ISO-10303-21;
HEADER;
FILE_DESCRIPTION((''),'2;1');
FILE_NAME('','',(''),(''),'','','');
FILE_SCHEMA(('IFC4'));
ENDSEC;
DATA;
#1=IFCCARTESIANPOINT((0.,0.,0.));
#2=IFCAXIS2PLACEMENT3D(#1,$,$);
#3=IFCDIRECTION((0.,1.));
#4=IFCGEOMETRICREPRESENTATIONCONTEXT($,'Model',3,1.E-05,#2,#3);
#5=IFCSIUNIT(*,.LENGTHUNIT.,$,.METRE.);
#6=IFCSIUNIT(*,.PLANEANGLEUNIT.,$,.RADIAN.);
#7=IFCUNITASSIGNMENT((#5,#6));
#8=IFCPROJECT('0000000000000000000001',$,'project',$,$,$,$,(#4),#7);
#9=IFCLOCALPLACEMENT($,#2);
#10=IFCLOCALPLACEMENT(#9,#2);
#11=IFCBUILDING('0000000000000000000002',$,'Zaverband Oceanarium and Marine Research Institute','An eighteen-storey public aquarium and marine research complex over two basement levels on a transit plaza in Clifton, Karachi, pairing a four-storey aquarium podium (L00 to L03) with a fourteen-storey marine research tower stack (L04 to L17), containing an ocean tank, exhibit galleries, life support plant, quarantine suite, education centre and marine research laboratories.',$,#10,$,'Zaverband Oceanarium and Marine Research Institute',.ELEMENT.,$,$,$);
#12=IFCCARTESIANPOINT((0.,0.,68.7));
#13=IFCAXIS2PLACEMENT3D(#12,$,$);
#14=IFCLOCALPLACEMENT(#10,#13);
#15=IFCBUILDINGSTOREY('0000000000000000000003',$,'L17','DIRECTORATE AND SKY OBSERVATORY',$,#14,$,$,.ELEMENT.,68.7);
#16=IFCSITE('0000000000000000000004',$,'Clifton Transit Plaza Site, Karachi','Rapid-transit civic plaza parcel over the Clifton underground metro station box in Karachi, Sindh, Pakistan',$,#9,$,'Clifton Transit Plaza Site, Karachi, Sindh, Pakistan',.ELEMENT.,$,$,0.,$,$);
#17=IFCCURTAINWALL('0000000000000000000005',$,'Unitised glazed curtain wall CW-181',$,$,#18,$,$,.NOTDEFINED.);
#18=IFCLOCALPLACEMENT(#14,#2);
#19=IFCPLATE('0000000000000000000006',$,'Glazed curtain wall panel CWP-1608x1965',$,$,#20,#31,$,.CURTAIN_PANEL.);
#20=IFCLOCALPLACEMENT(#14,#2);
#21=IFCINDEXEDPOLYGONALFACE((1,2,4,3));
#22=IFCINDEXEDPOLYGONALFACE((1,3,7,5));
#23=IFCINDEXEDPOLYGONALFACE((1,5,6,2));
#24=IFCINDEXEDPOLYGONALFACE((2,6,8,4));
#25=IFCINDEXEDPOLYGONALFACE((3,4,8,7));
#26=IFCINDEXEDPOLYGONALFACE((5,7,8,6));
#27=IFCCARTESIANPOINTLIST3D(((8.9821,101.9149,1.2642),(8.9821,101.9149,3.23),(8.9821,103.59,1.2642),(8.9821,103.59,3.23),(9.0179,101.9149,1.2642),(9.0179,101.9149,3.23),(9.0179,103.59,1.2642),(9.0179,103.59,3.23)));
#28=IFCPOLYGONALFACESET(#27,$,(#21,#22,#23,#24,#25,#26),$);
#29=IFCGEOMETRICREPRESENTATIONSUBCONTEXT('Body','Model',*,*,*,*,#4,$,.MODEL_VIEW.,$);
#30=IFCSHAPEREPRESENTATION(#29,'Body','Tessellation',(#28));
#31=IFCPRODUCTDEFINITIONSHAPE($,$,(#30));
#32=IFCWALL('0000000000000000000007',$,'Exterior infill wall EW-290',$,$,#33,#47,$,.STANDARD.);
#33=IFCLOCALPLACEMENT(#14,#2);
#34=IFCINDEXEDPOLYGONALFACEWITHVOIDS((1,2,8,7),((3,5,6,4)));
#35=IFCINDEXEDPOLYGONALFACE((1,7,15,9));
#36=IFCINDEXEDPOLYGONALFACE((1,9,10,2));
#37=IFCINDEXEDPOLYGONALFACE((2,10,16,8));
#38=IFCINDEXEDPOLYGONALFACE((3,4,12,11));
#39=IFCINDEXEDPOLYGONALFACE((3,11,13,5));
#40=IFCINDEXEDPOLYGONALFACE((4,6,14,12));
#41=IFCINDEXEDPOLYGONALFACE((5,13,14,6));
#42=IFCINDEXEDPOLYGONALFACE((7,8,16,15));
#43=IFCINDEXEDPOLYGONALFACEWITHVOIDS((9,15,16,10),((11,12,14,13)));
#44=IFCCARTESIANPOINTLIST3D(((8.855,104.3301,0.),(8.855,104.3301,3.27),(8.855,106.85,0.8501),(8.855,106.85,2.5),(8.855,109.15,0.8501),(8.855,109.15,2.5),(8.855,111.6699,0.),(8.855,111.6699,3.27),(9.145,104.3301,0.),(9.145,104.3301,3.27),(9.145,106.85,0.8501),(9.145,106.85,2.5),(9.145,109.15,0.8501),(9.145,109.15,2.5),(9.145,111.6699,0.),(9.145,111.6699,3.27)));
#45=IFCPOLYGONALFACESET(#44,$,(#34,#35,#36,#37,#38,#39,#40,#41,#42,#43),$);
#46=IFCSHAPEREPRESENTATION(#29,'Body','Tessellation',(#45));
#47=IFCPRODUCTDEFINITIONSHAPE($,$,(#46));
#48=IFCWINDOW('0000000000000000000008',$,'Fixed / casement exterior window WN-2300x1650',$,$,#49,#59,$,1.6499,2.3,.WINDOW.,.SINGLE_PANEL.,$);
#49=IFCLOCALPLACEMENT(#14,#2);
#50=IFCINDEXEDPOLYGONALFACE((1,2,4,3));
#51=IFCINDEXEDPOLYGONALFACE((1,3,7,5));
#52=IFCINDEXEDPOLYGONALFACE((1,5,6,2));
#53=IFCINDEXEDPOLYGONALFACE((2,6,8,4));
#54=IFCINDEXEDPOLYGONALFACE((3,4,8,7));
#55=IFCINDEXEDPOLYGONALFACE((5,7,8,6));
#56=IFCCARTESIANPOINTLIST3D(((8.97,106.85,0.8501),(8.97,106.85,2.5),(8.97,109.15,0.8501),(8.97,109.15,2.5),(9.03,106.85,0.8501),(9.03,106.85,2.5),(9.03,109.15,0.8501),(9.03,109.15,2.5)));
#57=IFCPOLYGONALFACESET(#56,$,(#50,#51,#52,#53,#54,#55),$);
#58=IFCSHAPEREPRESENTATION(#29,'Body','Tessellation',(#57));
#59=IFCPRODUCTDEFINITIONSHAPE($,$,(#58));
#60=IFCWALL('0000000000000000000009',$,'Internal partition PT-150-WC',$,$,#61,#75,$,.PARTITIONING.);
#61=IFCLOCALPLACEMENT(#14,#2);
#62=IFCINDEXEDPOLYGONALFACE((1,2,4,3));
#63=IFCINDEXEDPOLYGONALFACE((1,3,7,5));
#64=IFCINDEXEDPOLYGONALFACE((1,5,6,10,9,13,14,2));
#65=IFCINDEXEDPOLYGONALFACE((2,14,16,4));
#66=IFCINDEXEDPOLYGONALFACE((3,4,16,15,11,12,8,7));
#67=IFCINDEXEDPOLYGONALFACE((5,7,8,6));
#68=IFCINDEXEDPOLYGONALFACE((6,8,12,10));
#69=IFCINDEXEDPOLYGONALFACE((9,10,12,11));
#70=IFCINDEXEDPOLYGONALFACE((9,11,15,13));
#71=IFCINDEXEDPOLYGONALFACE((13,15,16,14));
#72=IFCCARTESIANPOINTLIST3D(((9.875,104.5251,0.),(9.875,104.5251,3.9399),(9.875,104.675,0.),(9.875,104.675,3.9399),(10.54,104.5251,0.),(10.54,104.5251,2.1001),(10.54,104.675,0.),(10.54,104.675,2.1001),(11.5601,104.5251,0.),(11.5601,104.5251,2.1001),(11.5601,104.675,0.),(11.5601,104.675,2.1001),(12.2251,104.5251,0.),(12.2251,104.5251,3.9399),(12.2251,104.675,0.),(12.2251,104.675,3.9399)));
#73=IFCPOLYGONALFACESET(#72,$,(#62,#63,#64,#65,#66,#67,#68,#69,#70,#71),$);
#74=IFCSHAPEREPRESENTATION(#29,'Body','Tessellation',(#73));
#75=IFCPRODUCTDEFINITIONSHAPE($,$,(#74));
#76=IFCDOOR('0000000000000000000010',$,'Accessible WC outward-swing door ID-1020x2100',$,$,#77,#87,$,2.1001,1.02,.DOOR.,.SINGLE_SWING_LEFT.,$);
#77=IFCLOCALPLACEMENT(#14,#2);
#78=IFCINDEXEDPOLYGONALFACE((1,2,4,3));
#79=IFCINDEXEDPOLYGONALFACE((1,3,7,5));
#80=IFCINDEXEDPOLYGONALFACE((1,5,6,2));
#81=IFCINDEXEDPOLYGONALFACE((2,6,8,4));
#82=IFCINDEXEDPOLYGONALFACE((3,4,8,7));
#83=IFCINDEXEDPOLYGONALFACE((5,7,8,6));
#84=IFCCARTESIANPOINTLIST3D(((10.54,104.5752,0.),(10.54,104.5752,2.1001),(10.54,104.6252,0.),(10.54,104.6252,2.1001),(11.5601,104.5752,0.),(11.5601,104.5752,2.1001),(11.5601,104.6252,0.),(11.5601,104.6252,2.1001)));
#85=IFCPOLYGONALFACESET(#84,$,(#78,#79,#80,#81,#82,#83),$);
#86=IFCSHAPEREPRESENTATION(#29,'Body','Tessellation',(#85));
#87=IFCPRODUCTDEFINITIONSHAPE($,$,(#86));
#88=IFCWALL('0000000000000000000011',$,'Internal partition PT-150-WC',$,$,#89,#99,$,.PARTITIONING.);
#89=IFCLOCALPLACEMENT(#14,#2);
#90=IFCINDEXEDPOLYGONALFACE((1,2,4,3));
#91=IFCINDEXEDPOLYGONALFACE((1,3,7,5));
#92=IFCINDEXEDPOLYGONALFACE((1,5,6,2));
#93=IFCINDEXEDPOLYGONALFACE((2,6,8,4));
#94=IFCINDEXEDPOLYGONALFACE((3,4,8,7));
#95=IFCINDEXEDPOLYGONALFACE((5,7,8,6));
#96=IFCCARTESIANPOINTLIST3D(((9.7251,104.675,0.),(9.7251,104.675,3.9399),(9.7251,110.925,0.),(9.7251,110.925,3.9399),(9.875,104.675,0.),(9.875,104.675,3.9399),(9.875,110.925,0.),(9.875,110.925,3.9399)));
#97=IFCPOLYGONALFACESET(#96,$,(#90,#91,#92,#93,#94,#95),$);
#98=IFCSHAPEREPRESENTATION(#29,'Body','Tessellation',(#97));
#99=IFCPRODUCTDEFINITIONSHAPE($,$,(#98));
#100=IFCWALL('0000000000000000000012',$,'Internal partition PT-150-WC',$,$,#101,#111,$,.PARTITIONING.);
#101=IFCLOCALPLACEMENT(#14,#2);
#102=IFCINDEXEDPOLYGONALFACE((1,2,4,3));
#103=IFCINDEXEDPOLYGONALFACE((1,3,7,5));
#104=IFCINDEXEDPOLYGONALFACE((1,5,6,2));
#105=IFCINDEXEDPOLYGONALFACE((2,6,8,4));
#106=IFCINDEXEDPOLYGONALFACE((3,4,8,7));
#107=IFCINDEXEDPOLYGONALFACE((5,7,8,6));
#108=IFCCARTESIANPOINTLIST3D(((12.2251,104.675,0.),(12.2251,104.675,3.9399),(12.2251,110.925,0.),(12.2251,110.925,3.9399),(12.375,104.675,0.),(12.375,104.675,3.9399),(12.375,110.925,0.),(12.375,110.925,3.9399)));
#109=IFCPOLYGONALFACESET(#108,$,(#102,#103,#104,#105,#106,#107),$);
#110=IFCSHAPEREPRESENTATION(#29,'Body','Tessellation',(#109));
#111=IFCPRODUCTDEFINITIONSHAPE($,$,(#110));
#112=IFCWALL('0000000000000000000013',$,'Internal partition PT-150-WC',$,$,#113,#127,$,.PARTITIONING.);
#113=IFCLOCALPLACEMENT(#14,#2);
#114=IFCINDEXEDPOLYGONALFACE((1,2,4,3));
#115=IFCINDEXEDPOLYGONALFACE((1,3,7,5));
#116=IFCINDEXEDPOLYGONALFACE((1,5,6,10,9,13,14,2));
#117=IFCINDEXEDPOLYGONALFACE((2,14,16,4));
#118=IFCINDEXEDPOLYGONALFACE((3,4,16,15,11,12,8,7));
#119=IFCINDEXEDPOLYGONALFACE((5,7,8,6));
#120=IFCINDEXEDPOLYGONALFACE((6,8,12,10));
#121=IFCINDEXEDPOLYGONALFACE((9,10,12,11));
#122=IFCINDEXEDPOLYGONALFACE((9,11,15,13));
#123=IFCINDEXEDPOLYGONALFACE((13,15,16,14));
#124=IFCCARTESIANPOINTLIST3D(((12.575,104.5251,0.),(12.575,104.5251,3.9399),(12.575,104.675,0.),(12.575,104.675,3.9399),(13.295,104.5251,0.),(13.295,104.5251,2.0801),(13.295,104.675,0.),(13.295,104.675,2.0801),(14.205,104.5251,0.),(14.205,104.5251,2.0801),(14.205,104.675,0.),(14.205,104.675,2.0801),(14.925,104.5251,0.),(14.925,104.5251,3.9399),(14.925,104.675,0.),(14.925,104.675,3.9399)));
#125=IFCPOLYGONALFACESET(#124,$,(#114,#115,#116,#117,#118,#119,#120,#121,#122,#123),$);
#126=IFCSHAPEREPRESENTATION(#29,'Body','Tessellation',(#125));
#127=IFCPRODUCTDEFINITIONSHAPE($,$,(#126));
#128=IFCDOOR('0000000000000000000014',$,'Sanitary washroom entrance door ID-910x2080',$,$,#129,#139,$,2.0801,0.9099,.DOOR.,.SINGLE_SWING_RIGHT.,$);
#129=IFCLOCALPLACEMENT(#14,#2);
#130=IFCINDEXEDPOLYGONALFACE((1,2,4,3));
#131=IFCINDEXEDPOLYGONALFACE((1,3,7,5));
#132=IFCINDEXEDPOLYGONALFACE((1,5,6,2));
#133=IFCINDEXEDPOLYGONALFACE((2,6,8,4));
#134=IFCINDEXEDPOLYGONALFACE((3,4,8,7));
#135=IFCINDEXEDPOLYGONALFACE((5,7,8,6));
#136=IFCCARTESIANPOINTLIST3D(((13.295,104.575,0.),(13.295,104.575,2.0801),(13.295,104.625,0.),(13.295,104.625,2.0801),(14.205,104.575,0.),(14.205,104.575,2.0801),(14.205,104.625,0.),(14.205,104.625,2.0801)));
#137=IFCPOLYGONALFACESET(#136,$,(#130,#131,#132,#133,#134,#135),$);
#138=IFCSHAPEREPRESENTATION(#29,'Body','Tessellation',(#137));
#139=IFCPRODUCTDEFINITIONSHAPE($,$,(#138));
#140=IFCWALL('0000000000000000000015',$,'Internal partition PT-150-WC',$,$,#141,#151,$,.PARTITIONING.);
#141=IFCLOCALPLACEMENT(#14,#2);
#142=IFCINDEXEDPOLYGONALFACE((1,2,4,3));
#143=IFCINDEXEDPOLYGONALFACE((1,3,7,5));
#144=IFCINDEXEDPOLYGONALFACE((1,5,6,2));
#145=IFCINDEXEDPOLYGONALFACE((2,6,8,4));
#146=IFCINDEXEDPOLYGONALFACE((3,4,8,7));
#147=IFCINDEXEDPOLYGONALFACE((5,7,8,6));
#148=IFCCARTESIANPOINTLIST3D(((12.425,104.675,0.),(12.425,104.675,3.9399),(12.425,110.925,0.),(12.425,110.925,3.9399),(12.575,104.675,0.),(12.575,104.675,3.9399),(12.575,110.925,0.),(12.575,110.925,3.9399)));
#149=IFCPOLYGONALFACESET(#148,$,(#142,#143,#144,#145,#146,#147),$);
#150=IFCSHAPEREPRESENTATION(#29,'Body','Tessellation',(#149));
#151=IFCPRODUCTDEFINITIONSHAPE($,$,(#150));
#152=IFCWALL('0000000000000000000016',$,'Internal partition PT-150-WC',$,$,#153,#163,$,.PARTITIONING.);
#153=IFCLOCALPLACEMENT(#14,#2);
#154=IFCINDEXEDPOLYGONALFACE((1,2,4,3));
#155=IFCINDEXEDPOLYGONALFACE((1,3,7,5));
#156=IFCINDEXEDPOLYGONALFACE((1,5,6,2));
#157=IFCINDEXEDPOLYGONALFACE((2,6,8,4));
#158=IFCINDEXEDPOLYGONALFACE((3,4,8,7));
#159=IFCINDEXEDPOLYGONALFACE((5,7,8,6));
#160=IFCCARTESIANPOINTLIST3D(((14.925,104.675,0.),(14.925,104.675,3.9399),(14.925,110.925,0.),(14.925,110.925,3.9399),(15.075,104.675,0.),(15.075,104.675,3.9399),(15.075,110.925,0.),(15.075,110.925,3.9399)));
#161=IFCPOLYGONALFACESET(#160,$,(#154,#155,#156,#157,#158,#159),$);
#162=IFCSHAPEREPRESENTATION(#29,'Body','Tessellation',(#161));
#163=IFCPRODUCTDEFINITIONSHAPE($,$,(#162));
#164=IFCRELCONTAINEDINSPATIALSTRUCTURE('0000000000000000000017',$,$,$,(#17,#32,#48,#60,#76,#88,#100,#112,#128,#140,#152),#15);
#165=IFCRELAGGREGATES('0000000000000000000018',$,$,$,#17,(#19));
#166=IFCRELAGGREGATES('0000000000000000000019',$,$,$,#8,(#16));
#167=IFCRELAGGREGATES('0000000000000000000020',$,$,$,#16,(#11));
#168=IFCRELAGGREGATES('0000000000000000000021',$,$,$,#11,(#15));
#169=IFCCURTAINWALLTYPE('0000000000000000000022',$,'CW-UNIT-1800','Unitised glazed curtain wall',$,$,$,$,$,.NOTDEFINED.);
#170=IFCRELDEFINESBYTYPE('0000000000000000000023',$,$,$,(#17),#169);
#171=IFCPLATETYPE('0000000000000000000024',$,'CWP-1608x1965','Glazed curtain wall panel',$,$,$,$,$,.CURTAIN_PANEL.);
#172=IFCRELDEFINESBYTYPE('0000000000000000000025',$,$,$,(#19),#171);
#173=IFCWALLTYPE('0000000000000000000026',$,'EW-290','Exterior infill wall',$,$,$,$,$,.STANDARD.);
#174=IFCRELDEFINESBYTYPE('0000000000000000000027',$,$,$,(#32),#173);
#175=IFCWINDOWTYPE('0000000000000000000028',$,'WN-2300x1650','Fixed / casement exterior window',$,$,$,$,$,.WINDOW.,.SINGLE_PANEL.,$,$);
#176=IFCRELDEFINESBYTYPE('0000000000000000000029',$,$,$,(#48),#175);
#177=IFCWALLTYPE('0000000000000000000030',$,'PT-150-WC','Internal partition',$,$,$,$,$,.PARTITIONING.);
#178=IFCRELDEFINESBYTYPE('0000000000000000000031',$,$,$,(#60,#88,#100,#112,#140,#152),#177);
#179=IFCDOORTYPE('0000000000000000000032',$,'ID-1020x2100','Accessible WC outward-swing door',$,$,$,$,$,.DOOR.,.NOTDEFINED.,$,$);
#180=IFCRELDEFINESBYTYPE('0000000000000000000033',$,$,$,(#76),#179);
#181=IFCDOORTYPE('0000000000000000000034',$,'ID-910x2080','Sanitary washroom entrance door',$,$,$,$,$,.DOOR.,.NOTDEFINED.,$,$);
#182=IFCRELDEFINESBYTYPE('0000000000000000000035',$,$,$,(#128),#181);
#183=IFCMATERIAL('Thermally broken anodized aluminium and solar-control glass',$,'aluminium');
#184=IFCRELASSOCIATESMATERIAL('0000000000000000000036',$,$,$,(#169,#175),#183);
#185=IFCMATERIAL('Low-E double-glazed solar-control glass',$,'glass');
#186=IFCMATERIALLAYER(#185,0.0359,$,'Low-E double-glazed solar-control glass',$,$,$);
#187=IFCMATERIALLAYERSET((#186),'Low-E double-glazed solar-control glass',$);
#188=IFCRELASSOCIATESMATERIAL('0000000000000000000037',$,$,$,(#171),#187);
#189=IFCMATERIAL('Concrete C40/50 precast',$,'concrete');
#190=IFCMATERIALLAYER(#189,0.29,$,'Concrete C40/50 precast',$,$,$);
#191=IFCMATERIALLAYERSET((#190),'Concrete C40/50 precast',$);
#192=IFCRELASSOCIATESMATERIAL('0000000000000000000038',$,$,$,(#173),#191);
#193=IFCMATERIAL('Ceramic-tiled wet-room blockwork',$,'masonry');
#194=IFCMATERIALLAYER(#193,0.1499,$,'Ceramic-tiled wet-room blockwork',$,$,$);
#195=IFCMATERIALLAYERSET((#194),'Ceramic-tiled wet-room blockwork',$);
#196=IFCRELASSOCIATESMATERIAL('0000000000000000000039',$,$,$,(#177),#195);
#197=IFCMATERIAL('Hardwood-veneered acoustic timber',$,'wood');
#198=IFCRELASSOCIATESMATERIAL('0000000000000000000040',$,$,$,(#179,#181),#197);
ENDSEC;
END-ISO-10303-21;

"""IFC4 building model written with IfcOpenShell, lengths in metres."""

from ifc_helpers import new_model, si_unit, direction, frame, frame_2d, origin, place, context, subcontext, project, spatial, rectangle, extrude, material, layer, layer_set, type_object, element, fill, aggregate, save


model = new_model("IFC4")

# Units and contexts
model_context = context("Model", 3, precision=1e-05, world=origin(), true_north=direction((0.0, 1.0)))
body_context = subcontext(model_context, "Body", "Model", "MODEL_VIEW")
ifc_project = project(units=[si_unit("LENGTHUNIT", "METRE"), si_unit("PLANEANGLEUNIT", "RADIAN")], contexts=[model_context])

# Site, building, storey
site_placement = place(None, origin())
site = spatial("IfcSite", under=ifc_project, at=site_placement, Name="Clifton Transit Plaza Site, Karachi", Description="Rapid-transit civic plaza parcel over the Clifton underground metro station box in Karachi, Sindh, Pakistan", LongName="Clifton Transit Plaza Site, Karachi, Sindh, Pakistan", CompositionType="ELEMENT", RefElevation=0.0)
building_placement = place(site_placement, origin())
building = spatial("IfcBuilding", under=site, at=building_placement, Name="Zaverband Oceanarium and Marine Research Institute", Description="An eighteen-storey public aquarium and marine research complex over two basement levels on a transit plaza in Clifton, Karachi, pairing a four-storey aquarium podium (L00 to L03) with a fourteen-storey marine research tower stack (L04 to L17), containing an ocean tank, exhibit galleries, life support plant, quarantine suite, education centre and marine research laboratories.", LongName="Zaverband Oceanarium and Marine Research Institute", CompositionType="ELEMENT")
storey_placement = place(building_placement, frame((0.0, 0.0, 68.7)))
storey = spatial("IfcBuildingStorey", under=building, at=storey_placement, Name="L17", Description="DIRECTORATE AND SKY OBSERVATORY", CompositionType="ELEMENT", Elevation=68.7)

# Curtain wall
ifc_material_1 = material(Name="Thermally broken anodized aluminium and solar-control glass", Category="aluminium")
curtain_wall_type = type_object("IfcCurtainWallType", Name="CW-UNIT-1800", Description="Unitised glazed curtain wall", PredefinedType="NOTDEFINED", material=ifc_material_1)
curtain_wall_placement = place(storey_placement, origin())
curtain_wall = element("IfcCurtainWall", 1, at=curtain_wall_placement, inside=storey, type_object=curtain_wall_type, Name="Unitised glazed curtain wall CW-181", PredefinedType="NOTDEFINED")

# Plate
ifc_material_2 = material(Name="Low-E double-glazed solar-control glass", Category="glass")
ifc_layer_1 = layer(ifc_material_2, 0.0359, Name="Low-E double-glazed solar-control glass")
ifc_layer_set_1 = layer_set([ifc_layer_1], Name="Low-E double-glazed solar-control glass")
plate_type_1 = type_object("IfcPlateType", Name="CWP-1608x1965", Description="Glazed curtain wall panel", PredefinedType="CURTAIN_PANEL", material=ifc_layer_set_1)
plate_1_placement = place(storey_placement, frame((9.0, 101.915, 1.2642), z_axis=(0.0, 0.0, 1.0), x_axis=(0.0, 1.0, 0.0)))
plate_1 = element("IfcPlate", 2, at=plate_1_placement, type_object=plate_type_1, Name="Glazed curtain wall panel CWP-1608x1965", PredefinedType="CURTAIN_PANEL", context=body_context, shape_type="SweptSolid", body=[
    extrude(rectangle(XDim=1.675, YDim=0.0359, at=frame_2d((0.8374, 0.0))), origin(), (0.0, 0.0, 1.0), 1.9658),
])
aggregate(curtain_wall, [plate_1])

# Wall, opening, window
ifc_material_3 = material(Name="Concrete C40/50 precast", Category="concrete")
ifc_layer_2 = layer(ifc_material_3, 0.29, Name="Concrete C40/50 precast")
ifc_layer_set_2 = layer_set([ifc_layer_2], Name="Concrete C40/50 precast")
wall_type_1 = type_object("IfcWallType", Name="EW-290", Description="Exterior infill wall", PredefinedType="STANDARD", material=ifc_layer_set_2)
wall_1_placement = place(storey_placement, frame((9.0, 104.3301, 0.0), z_axis=(0.0, 0.0, 1.0), x_axis=(0.0, 1.0, 0.0)))
wall_1 = element("IfcWall", 3, at=wall_1_placement, inside=storey, type_object=wall_type_1, Name="Exterior infill wall EW-290", PredefinedType="STANDARD", context=body_context, shape_type="SweptSolid", body=[
    extrude(rectangle(XDim=7.3398, YDim=0.29, at=frame_2d((3.6699, 0.0))), origin(), (0.0, 0.0, 1.0), 3.27),
])
opening_1_placement = place(wall_1_placement, frame((2.52, 0.0, 0.8501)))
opening_1 = element("IfcOpeningElement", 4, at=opening_1_placement, cuts=wall_1, PredefinedType="OPENING", context=body_context, shape_type="SweptSolid", body=[
    extrude(rectangle(XDim=2.3, YDim=1.6499, at=frame_2d((1.1499, 0.825))), frame((0.0, 0.157, 0.0), z_axis=(0.0, -1.0, 0.0), x_axis=(1.0, 0.0, 0.0)), (0.0, 0.0, 1.0), 0.314),
])
window_type = type_object("IfcWindowType", Name="WN-2300x1650", Description="Fixed / casement exterior window", PartitioningType="SINGLE_PANEL", PredefinedType="WINDOW", material=ifc_material_1)
window_placement = place(opening_1_placement, origin())
window = element("IfcWindow", 5, at=window_placement, inside=storey, type_object=window_type, Name="Fixed / casement exterior window WN-2300x1650", OverallHeight=1.6499, OverallWidth=2.3, PartitioningType="SINGLE_PANEL", PredefinedType="WINDOW", context=body_context, shape_type="SweptSolid", body=[
    extrude(rectangle(XDim=2.3, YDim=1.6499, at=frame_2d((1.1499, 0.825))), frame((0.0, 0.03, 0.0), z_axis=(0.0, -1.0, 0.0), x_axis=(1.0, 0.0, 0.0)), (0.0, 0.0, 1.0), 0.0601),
])
fill(opening_1, window)

# Wall, opening, door
ifc_material_4 = material(Name="Ceramic-tiled wet-room blockwork", Category="masonry")
ifc_layer_3 = layer(ifc_material_4, 0.1499, Name="Ceramic-tiled wet-room blockwork")
ifc_layer_set_3 = layer_set([ifc_layer_3], Name="Ceramic-tiled wet-room blockwork")
wall_type_2 = type_object("IfcWallType", Name="PT-150-WC", Description="Internal partition", PredefinedType="PARTITIONING", material=ifc_layer_set_3)
wall_2_placement = place(storey_placement, frame((9.875, 104.6001, 0.0), z_axis=(0.0, 0.0, 1.0), x_axis=(1.0, 0.0, 0.0)))
wall_2 = element("IfcWall", 6, at=wall_2_placement, inside=storey, type_object=wall_type_2, Name="Internal partition PT-150-WC", PredefinedType="PARTITIONING", context=body_context, shape_type="SweptSolid", body=[
    extrude(rectangle(XDim=2.3501, YDim=0.1499, at=frame_2d((1.175, 0.0))), origin(), (0.0, 0.0, 1.0), 3.9399),
])
opening_2_placement = place(wall_2_placement, frame((0.665, 0.0, 0.0)))
opening_2 = element("IfcOpeningElement", 7, at=opening_2_placement, cuts=wall_2, PredefinedType="OPENING", context=body_context, shape_type="SweptSolid", body=[
    extrude(rectangle(XDim=1.02, YDim=2.1001, at=frame_2d((0.51, 1.05))), frame((0.0, 0.0869, 0.0), z_axis=(0.0, -1.0, 0.0), x_axis=(1.0, 0.0, 0.0)), (0.0, 0.0, 1.0), 0.1738),
])
ifc_material_5 = material(Name="Hardwood-veneered acoustic timber", Category="wood")
door_type_1 = type_object("IfcDoorType", Name="ID-1020x2100", Description="Accessible WC outward-swing door", OperationType="NOTDEFINED", PredefinedType="DOOR", material=ifc_material_5)
door_1_placement = place(opening_2_placement, frame((1.02, 0.0, 0.0), z_axis=(0.0, 0.0, 1.0), x_axis=(-1.0, 0.0, 0.0)))
door_1 = element("IfcDoor", 8, at=door_1_placement, inside=storey, type_object=door_type_1, Name="Accessible WC outward-swing door ID-1020x2100", OperationType="SINGLE_SWING_LEFT", OverallHeight=2.1001, OverallWidth=1.02, PredefinedType="DOOR", context=body_context, shape_type="SweptSolid", body=[
    extrude(rectangle(XDim=1.02, YDim=2.1001, at=frame_2d((0.51, 1.05))), frame((0.0, 0.0249, 0.0), z_axis=(0.0, -1.0, 0.0), x_axis=(1.0, 0.0, 0.0)), (0.0, 0.0, 1.0), 0.05),
])
fill(opening_2, door_1)

# Walls
for number, where, z_axis, x_axis, name in (
    (9, (9.8, 104.675, 0.0), (0.0, 0.0, 1.0), (0.0, 1.0, 0.0), "Internal partition PT-150-WC"),
    (10, (12.3, 104.675, 0.0), (0.0, 0.0, 1.0), (0.0, 1.0, 0.0), "Internal partition PT-150-WC"),
):
    element("IfcWall", number, at=place(storey_placement, frame(where, z_axis=z_axis, x_axis=x_axis)), inside=storey, type_object=wall_type_2, Name=name, PredefinedType="PARTITIONING", context=body_context, shape_type="SweptSolid", body=[
        extrude(rectangle(XDim=6.25, YDim=0.1499, at=frame_2d((3.125, 0.0))), origin(), (0.0, 0.0, 1.0), 3.9399),
    ])

# Wall, opening, door
wall_3_placement = place(storey_placement, frame((12.575, 104.6001, 0.0), z_axis=(0.0, 0.0, 1.0), x_axis=(1.0, 0.0, 0.0)))
wall_3 = element("IfcWall", 11, at=wall_3_placement, inside=storey, type_object=wall_type_2, Name="Internal partition PT-150-WC", PredefinedType="PARTITIONING", context=body_context, shape_type="SweptSolid", body=[
    extrude(rectangle(XDim=2.3501, YDim=0.1499, at=frame_2d((1.175, 0.0))), origin(), (0.0, 0.0, 1.0), 3.9399),
])
opening_3_placement = place(wall_3_placement, frame((0.72, 0.0, 0.0)))
opening_3 = element("IfcOpeningElement", 12, at=opening_3_placement, cuts=wall_3, PredefinedType="OPENING", context=body_context, shape_type="SweptSolid", body=[
    extrude(rectangle(XDim=0.9099, YDim=2.0801, at=frame_2d((0.4551, 1.04))), frame((0.0, 0.0869, 0.0), z_axis=(0.0, -1.0, 0.0), x_axis=(1.0, 0.0, 0.0)), (0.0, 0.0, 1.0), 0.1738),
])
door_type_2 = type_object("IfcDoorType", Name="ID-910x2080", Description="Sanitary washroom entrance door", OperationType="NOTDEFINED", PredefinedType="DOOR", material=ifc_material_5)
door_2_placement = place(opening_3_placement, origin())
door_2 = element("IfcDoor", 13, at=door_2_placement, inside=storey, type_object=door_type_2, Name="Sanitary washroom entrance door ID-910x2080", OperationType="SINGLE_SWING_RIGHT", OverallHeight=2.0801, OverallWidth=0.9099, PredefinedType="DOOR", context=body_context, shape_type="SweptSolid", body=[
    extrude(rectangle(XDim=0.9099, YDim=2.0801, at=frame_2d((0.4551, 1.04))), frame((0.0, 0.0249, 0.0), z_axis=(0.0, -1.0, 0.0), x_axis=(1.0, 0.0, 0.0)), (0.0, 0.0, 1.0), 0.05),
])
fill(opening_3, door_2)

# Walls
for number, where, z_axis, x_axis, name in (
    (14, (12.5, 104.675, 0.0), (0.0, 0.0, 1.0), (0.0, 1.0, 0.0), "Internal partition PT-150-WC"),
    (15, (15.0, 104.675, 0.0), (0.0, 0.0, 1.0), (0.0, 1.0, 0.0), "Internal partition PT-150-WC"),
):
    element("IfcWall", number, at=place(storey_placement, frame(where, z_axis=z_axis, x_axis=x_axis)), inside=storey, type_object=wall_type_2, Name=name, PredefinedType="PARTITIONING", context=body_context, shape_type="SweptSolid", body=[
        extrude(rectangle(XDim=6.25, YDim=0.1499, at=frame_2d((3.125, 0.0))), origin(), (0.0, 0.0, 1.0), 3.9399),
    ])

save(model, "model.ifc")
